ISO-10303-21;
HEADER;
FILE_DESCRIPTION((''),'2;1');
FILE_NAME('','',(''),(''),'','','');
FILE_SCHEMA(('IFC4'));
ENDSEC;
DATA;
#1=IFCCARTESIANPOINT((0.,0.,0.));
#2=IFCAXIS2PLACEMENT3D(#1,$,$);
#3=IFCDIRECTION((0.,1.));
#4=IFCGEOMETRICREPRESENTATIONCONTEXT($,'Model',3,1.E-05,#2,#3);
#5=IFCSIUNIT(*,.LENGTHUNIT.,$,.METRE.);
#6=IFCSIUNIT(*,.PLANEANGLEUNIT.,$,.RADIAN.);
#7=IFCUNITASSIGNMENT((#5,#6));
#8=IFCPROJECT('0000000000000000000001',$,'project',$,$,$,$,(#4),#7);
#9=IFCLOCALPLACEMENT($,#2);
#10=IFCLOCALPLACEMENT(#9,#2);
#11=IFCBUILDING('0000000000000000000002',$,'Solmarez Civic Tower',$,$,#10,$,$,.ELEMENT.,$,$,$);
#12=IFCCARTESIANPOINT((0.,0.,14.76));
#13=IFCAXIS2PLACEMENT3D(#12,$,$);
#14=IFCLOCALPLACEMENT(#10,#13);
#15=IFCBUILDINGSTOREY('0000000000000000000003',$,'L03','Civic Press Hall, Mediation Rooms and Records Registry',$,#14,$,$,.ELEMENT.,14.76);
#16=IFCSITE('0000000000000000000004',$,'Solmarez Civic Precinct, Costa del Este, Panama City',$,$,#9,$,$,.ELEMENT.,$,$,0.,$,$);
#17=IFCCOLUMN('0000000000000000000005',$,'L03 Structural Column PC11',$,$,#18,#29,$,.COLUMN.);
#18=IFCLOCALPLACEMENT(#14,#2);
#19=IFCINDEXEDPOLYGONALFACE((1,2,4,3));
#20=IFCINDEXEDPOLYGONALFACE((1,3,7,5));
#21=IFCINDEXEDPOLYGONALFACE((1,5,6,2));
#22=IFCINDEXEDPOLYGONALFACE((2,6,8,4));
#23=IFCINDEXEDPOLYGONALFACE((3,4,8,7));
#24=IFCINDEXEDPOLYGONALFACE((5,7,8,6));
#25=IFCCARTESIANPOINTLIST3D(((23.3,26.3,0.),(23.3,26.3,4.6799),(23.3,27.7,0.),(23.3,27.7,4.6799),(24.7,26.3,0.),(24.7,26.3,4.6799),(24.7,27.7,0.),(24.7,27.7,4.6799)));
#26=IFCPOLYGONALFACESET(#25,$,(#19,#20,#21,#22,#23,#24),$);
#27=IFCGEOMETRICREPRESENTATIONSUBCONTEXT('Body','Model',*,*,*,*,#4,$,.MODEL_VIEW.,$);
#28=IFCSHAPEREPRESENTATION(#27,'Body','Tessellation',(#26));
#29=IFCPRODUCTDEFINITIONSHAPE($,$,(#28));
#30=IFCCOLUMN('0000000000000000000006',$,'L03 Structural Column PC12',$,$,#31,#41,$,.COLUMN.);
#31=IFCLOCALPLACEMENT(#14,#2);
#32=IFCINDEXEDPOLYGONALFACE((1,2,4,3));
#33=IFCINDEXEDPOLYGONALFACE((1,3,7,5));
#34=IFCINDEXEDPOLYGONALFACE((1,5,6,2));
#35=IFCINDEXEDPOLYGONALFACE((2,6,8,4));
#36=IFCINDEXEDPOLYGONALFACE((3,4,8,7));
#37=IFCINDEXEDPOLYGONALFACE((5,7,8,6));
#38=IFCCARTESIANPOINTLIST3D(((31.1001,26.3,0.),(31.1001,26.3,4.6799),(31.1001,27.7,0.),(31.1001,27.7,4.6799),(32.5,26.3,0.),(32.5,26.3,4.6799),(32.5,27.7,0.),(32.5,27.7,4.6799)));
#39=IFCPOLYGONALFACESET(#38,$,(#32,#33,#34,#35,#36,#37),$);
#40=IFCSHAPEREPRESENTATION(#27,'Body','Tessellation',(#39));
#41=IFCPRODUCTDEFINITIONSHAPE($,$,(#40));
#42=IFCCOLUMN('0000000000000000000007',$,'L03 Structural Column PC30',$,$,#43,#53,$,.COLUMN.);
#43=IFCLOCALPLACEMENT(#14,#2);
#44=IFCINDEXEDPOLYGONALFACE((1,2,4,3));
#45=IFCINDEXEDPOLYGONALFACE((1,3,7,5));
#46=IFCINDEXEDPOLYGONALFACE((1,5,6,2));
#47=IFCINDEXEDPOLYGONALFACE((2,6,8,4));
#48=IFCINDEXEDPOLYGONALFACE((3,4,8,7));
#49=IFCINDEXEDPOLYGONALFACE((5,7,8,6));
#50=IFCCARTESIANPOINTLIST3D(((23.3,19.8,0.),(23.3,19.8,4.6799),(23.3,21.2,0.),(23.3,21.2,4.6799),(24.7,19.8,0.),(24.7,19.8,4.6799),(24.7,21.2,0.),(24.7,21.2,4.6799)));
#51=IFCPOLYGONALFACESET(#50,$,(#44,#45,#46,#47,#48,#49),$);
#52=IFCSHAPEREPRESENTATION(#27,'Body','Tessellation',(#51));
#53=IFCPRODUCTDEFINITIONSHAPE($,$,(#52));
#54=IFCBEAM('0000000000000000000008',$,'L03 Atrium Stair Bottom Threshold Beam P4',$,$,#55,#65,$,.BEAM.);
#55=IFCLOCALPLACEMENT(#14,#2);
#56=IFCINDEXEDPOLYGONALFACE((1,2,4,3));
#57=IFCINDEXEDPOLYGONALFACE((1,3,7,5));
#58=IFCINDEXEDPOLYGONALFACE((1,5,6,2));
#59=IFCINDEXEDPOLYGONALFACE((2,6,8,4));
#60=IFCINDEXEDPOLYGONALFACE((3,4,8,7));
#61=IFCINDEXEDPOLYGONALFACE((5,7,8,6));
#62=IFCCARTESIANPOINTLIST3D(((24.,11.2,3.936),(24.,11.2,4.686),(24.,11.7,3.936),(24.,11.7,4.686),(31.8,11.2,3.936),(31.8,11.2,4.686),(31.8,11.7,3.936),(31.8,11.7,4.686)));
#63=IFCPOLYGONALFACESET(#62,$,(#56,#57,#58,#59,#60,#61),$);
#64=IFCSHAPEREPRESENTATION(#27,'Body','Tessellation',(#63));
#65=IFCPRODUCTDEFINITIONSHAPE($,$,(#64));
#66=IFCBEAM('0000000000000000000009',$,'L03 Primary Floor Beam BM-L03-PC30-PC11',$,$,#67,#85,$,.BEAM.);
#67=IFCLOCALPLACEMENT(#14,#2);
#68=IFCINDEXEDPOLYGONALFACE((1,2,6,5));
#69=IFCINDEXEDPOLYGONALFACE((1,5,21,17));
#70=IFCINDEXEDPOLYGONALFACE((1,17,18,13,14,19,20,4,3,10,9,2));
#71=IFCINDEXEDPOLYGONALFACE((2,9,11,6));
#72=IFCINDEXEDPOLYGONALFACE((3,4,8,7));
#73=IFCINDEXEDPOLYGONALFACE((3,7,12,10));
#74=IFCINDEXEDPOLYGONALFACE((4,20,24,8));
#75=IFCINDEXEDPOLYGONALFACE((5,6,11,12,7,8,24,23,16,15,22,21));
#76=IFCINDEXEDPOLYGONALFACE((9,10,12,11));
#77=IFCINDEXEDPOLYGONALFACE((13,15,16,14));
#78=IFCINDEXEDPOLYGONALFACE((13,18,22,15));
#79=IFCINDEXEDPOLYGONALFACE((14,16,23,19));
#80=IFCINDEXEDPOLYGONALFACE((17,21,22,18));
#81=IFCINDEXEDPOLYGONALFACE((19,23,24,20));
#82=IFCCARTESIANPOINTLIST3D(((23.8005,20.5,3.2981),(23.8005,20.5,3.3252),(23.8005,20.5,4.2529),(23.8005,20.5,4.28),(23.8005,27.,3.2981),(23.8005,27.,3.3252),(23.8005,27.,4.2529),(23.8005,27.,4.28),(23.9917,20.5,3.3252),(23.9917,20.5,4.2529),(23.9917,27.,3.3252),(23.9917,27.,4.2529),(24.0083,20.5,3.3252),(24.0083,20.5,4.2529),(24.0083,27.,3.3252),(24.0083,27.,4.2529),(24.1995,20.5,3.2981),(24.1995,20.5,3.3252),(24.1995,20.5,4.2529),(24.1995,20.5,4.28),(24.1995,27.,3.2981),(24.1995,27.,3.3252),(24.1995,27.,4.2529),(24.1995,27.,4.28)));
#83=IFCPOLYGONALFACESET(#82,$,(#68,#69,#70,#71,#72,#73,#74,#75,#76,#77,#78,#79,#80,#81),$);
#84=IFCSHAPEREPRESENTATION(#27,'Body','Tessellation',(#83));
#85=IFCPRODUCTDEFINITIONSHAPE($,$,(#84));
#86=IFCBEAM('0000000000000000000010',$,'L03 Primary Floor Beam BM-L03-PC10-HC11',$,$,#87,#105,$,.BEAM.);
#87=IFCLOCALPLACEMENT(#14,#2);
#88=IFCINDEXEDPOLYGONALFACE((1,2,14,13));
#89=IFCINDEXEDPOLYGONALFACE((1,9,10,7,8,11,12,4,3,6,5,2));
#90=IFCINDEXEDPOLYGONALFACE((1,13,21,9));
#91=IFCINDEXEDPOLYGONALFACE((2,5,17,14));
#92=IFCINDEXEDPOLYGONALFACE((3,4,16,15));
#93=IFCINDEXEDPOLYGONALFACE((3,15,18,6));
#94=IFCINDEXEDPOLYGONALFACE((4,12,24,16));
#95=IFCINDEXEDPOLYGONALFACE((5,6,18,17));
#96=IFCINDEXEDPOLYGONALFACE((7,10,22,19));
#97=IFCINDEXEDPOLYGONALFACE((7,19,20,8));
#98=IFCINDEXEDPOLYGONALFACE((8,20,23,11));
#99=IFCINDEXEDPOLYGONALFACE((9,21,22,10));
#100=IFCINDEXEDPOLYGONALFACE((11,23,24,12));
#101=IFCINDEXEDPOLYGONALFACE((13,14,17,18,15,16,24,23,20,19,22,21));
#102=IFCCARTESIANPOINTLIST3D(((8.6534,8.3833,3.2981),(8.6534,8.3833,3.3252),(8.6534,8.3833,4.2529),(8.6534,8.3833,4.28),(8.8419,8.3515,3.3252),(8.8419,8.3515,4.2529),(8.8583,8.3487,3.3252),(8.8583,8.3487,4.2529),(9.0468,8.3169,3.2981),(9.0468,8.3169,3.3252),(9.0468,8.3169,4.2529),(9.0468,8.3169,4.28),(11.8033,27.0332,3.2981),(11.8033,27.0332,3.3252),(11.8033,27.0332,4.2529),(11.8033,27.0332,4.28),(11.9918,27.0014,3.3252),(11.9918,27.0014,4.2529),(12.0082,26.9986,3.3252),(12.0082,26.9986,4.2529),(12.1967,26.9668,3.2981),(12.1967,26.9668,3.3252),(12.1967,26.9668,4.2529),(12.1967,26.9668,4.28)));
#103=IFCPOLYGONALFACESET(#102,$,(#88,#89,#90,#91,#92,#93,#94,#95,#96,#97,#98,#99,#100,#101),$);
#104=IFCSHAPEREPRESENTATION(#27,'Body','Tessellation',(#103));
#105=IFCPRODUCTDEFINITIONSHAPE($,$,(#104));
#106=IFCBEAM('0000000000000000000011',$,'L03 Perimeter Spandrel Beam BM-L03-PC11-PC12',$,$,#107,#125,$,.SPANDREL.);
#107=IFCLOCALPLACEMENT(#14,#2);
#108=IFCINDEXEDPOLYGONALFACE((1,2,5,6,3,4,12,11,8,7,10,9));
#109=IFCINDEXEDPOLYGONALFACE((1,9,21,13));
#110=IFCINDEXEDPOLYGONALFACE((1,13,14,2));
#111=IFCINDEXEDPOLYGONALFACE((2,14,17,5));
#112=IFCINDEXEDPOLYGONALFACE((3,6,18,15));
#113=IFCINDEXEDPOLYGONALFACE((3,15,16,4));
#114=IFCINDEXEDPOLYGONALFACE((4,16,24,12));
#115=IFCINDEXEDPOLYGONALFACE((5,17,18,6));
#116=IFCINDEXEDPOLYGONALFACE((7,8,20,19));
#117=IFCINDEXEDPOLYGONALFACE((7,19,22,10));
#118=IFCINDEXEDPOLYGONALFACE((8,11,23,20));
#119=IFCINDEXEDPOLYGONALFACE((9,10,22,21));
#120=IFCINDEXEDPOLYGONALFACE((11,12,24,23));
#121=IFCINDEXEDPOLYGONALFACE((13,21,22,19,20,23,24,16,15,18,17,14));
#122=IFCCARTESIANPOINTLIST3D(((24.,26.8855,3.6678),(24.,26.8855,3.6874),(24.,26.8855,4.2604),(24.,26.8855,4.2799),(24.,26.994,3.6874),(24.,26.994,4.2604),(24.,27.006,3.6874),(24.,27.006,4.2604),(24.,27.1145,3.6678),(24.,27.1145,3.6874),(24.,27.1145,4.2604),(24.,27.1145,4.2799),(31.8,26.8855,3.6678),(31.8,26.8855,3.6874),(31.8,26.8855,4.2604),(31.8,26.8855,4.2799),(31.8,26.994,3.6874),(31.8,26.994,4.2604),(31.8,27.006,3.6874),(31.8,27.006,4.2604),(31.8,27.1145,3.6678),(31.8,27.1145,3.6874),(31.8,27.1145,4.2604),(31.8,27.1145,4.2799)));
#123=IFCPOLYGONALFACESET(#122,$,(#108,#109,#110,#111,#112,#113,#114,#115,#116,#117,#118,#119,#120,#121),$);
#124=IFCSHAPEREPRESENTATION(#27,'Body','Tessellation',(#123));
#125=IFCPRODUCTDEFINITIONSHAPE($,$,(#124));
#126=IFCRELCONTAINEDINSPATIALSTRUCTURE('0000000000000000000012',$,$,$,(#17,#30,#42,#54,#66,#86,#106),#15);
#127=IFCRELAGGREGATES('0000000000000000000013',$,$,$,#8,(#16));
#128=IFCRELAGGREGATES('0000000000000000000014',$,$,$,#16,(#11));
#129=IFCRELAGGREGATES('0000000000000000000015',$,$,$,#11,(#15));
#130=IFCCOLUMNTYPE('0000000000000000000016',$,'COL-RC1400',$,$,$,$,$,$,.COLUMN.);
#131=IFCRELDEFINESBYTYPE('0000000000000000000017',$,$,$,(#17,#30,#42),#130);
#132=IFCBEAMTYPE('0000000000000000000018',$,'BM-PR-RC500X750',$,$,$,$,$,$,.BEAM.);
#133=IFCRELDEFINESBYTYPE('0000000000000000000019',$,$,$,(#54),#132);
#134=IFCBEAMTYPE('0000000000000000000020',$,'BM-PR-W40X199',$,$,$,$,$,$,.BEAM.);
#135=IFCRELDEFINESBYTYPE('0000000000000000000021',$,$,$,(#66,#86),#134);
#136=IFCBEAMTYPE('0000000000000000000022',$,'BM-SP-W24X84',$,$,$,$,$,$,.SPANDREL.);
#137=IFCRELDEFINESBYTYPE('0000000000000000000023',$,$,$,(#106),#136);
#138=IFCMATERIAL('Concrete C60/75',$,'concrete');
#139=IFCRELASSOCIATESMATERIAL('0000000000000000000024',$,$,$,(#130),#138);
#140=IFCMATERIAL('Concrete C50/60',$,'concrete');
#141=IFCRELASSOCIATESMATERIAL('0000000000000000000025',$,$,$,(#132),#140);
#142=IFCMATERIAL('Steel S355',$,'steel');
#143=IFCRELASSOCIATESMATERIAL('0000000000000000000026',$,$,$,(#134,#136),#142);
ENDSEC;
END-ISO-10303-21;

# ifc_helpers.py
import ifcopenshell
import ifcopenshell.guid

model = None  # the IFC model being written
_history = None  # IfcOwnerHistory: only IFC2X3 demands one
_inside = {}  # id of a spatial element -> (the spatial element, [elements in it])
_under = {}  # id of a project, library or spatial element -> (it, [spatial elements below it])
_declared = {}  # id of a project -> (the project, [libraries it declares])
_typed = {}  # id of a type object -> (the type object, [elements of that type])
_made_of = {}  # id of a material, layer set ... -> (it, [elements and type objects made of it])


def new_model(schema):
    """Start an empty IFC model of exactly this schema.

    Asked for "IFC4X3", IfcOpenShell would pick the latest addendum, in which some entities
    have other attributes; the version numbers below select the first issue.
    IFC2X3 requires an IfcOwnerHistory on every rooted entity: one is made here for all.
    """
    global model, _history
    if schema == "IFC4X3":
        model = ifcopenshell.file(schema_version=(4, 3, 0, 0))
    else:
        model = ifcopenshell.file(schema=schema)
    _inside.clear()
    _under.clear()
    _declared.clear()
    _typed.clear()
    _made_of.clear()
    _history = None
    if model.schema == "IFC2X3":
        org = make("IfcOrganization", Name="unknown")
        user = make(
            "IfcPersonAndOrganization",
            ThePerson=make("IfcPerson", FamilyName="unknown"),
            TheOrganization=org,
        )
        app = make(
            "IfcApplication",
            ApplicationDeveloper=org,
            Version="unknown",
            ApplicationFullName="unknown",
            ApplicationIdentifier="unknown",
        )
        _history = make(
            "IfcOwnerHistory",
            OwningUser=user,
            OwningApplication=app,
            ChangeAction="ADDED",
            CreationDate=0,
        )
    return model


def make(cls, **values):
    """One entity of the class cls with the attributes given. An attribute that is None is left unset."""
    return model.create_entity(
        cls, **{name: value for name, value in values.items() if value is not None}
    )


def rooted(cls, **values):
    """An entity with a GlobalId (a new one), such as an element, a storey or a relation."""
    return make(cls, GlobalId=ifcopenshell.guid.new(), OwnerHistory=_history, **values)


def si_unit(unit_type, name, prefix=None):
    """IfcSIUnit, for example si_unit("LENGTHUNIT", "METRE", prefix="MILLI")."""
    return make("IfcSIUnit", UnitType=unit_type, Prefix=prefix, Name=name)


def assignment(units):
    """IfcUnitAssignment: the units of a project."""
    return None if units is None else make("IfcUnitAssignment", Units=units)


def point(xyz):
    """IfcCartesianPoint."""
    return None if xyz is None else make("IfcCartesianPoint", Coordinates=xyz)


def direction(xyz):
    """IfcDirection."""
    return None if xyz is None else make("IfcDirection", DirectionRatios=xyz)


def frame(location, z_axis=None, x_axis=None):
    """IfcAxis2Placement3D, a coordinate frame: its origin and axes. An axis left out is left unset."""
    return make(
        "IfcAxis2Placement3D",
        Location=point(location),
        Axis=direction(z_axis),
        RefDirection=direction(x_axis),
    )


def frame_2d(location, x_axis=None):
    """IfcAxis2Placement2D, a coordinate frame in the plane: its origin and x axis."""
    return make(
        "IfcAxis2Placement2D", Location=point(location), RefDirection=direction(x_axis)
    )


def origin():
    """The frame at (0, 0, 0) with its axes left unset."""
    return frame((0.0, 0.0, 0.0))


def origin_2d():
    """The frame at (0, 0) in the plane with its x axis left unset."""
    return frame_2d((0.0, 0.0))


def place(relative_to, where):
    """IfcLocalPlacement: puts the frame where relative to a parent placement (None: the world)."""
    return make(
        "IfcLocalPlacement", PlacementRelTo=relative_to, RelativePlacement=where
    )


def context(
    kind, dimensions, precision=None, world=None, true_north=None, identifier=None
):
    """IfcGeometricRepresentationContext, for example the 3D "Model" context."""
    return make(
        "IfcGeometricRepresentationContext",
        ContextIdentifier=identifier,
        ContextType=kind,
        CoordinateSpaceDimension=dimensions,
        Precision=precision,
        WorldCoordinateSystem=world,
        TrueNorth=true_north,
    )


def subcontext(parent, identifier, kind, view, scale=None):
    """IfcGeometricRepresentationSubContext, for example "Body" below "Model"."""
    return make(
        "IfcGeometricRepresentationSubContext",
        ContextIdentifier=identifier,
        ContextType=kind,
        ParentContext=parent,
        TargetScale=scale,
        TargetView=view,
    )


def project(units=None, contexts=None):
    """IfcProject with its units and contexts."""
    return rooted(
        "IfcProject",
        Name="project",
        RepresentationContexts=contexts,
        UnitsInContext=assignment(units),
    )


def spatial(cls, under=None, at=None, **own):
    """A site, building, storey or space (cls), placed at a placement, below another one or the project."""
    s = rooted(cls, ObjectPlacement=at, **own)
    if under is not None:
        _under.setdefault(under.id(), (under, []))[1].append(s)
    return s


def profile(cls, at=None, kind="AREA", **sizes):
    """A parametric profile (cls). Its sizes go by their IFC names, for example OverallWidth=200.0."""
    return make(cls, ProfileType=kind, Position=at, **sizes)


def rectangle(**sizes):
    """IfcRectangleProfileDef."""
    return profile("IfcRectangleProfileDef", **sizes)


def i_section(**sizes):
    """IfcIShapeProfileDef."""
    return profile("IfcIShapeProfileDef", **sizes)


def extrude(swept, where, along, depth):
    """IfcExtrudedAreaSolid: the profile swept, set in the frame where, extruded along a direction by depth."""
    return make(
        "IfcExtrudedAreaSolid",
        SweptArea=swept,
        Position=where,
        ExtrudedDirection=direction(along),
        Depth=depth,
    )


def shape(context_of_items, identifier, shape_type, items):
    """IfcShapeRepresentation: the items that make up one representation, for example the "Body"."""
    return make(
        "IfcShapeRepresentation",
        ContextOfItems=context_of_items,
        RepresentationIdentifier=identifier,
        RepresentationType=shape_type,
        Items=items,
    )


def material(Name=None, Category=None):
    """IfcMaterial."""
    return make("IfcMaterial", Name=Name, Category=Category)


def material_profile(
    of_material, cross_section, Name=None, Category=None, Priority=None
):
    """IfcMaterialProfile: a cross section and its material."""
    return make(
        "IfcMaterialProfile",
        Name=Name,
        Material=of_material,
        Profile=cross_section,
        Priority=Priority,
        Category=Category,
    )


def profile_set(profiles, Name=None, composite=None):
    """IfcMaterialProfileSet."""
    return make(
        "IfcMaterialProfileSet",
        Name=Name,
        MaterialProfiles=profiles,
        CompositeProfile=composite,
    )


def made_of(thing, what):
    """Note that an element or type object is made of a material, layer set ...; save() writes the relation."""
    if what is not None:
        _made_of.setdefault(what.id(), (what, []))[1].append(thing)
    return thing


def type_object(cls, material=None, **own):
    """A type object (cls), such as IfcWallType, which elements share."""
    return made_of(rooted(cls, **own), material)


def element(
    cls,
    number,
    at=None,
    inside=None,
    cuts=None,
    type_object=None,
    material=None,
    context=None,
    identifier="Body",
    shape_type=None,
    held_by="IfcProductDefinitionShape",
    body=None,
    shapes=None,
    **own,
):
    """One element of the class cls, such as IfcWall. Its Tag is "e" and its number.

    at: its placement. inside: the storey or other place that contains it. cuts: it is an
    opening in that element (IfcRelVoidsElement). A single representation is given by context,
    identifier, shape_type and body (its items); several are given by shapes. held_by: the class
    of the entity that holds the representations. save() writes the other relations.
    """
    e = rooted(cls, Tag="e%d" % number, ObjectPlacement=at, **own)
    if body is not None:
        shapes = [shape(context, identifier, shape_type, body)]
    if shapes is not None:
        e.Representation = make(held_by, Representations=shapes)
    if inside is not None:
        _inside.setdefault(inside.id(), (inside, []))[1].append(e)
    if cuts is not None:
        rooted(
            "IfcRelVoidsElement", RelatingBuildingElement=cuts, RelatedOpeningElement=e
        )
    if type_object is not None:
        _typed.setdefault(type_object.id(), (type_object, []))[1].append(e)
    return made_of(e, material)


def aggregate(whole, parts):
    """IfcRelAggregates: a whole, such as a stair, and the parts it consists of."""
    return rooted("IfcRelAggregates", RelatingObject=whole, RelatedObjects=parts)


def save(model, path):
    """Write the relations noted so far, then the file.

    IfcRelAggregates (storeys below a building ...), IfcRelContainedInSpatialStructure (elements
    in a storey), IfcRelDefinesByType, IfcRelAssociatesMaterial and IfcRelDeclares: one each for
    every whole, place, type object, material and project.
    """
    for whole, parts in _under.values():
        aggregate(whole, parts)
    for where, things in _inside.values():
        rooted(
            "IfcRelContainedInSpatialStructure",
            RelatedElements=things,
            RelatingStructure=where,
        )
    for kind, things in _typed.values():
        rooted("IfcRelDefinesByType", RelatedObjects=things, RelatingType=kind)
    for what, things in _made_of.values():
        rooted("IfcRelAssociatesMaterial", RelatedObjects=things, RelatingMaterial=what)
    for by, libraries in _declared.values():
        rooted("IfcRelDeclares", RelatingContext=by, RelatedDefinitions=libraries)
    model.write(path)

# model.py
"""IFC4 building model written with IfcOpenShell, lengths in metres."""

from ifc_helpers import new_model, si_unit, direction, frame, origin, origin_2d, place, context, subcontext, project, spatial, rectangle, i_section, extrude, material, material_profile, profile_set, type_object, element, save


model = new_model("IFC4")

# Units and contexts
model_context = context("Model", 3, precision=1e-05, world=origin(), true_north=direction((0.0, 1.0)))
body_context = subcontext(model_context, "Body", "Model", "MODEL_VIEW")
ifc_project = project(units=[si_unit("LENGTHUNIT", "METRE"), si_unit("PLANEANGLEUNIT", "RADIAN")], contexts=[model_context])

# Site, building, storey
site_placement = place(None, origin())
site = spatial("IfcSite", under=ifc_project, at=site_placement, Name="Solmarez Civic Precinct, Costa del Este, Panama City", CompositionType="ELEMENT", RefElevation=0.0)
building_placement = place(site_placement, origin())
building = spatial("IfcBuilding", under=site, at=building_placement, Name="Solmarez Civic Tower", CompositionType="ELEMENT")
storey_placement = place(building_placement, frame((0.0, 0.0, 14.76)))
storey = spatial("IfcBuildingStorey", under=building, at=storey_placement, Name="L03", Description="Civic Press Hall, Mediation Rooms and Records Registry", CompositionType="ELEMENT", Elevation=14.76)

# Columns
ifc_material_1 = material(Name="Concrete C60/75", Category="concrete")
ifc_material_profile_1 = material_profile(ifc_material_1, rectangle(XDim=1.3999, YDim=1.3999, at=origin_2d()), Name="RC1400X1400")
ifc_profile_set_1 = profile_set([ifc_material_profile_1], Name="Concrete C60/75")
column_type = type_object("IfcColumnType", Name="COL-RC1400", PredefinedType="COLUMN", material=ifc_profile_set_1)
for number, where, z_axis, x_axis, name in (
    (1, (24.0, 27.0, 0.0), (0.0, 0.0, 1.0), (1.0, 0.0, 0.0), "L03 Structural Column PC11"),
    (2, (31.8, 27.0, 0.0), (0.0, 0.0, 1.0), (1.0, 0.0, 0.0), "L03 Structural Column PC12"),
    (3, (24.0, 20.5, 0.0), (0.0, 0.0, 1.0), (1.0, 0.0, 0.0), "L03 Structural Column PC30"),
):
    element("IfcColumn", number, at=place(storey_placement, frame(where, z_axis=z_axis, x_axis=x_axis)), inside=storey, type_object=column_type, Name=name, PredefinedType="COLUMN", context=body_context, shape_type="SweptSolid", body=[
        extrude(rectangle(XDim=1.3999, YDim=1.3999, at=origin_2d()), origin(), (0.0, 0.0, 1.0), 4.6799),
    ])

# Beams
ifc_material_2 = material(Name="Concrete C50/60", Category="concrete")
ifc_material_profile_2 = material_profile(ifc_material_2, rectangle(XDim=0.5, YDim=0.75, at=origin_2d()), Name="RC500X750")
ifc_profile_set_2 = profile_set([ifc_material_profile_2], Name="Concrete C50/60")
beam_type_1 = type_object("IfcBeamType", Name="BM-PR-RC500X750", PredefinedType="BEAM", material=ifc_profile_set_2)
beam_1_placement = place(storey_placement, frame((24.0, 11.45, 4.311), z_axis=(1.0, 0.0, 0.0), x_axis=(0.0, 1.0, 0.0)))
element("IfcBeam", 4, at=beam_1_placement, inside=storey, type_object=beam_type_1, Name="L03 Atrium Stair Bottom Threshold Beam P4", PredefinedType="BEAM", context=body_context, shape_type="SweptSolid", body=[
    extrude(rectangle(XDim=0.5, YDim=0.75, at=origin_2d()), origin(), (0.0, 0.0, 1.0), 7.8),
])
ifc_material_3 = material(Name="Steel S355", Category="steel")
ifc_material_profile_3 = material_profile(ifc_material_3, i_section(OverallWidth=0.3989, OverallDepth=0.9819, WebThickness=0.0166, FlangeThickness=0.0271, at=origin_2d()), Name="W40X199")
ifc_profile_set_3 = profile_set([ifc_material_profile_3], Name="Steel S355")
beam_type_2 = type_object("IfcBeamType", Name="BM-PR-W40X199", PredefinedType="BEAM", material=ifc_profile_set_3)
beam_2_placement = place(storey_placement, frame((24.0, 20.5, 3.7891), z_axis=(0.0, 1.0, 0.0), x_axis=(-1.0, 0.0, 0.0)))
element("IfcBeam", 5, at=beam_2_placement, inside=storey, type_object=beam_type_2, Name="L03 Primary Floor Beam BM-L03-PC30-PC11", PredefinedType="BEAM", context=body_context, shape_type="SweptSolid", body=[
    extrude(i_section(OverallWidth=0.3989, OverallDepth=0.9819, WebThickness=0.0166, FlangeThickness=0.0271, at=origin_2d()), origin(), (0.0, 0.0, 1.0), 6.5),
])
beam_3_placement = place(storey_placement, frame((12.0, 27.0, 3.7891), z_axis=(-0.166538, -0.986035, 0.0), x_axis=(0.986035, -0.166538, 0.0)))
element("IfcBeam", 6, at=beam_3_placement, inside=storey, type_object=beam_type_2, Name="L03 Primary Floor Beam BM-L03-PC10-HC11", PredefinedType="BEAM", context=body_context, shape_type="SweptSolid", body=[
    extrude(i_section(OverallWidth=0.3989, OverallDepth=0.9819, WebThickness=0.0166, FlangeThickness=0.0271, at=origin_2d()), origin(), (0.0, 0.0, 1.0), 18.9141),
])
ifc_material_profile_4 = material_profile(ifc_material_3, i_section(OverallWidth=0.229, OverallDepth=0.6121, WebThickness=0.012, FlangeThickness=0.0195, at=origin_2d()), Name="W24X84")
ifc_profile_set_4 = profile_set([ifc_material_profile_4], Name="Steel S355")
beam_type_3 = type_object("IfcBeamType", Name="BM-SP-W24X84", PredefinedType="SPANDREL", material=ifc_profile_set_4)
beam_4_placement = place(storey_placement, frame((24.0, 27.0, 3.9739), z_axis=(1.0, 0.0, 0.0), x_axis=(0.0, 1.0, 0.0)))
element("IfcBeam", 7, at=beam_4_placement, inside=storey, type_object=beam_type_3, Name="L03 Perimeter Spandrel Beam BM-L03-PC11-PC12", PredefinedType="SPANDREL", context=body_context, shape_type="SweptSolid", body=[
    extrude(i_section(OverallWidth=0.229, OverallDepth=0.6121, WebThickness=0.012, FlangeThickness=0.0195, at=origin_2d()), origin(), (0.0, 0.0, 1.0), 7.8),
])

save(model, "model.ifc")
